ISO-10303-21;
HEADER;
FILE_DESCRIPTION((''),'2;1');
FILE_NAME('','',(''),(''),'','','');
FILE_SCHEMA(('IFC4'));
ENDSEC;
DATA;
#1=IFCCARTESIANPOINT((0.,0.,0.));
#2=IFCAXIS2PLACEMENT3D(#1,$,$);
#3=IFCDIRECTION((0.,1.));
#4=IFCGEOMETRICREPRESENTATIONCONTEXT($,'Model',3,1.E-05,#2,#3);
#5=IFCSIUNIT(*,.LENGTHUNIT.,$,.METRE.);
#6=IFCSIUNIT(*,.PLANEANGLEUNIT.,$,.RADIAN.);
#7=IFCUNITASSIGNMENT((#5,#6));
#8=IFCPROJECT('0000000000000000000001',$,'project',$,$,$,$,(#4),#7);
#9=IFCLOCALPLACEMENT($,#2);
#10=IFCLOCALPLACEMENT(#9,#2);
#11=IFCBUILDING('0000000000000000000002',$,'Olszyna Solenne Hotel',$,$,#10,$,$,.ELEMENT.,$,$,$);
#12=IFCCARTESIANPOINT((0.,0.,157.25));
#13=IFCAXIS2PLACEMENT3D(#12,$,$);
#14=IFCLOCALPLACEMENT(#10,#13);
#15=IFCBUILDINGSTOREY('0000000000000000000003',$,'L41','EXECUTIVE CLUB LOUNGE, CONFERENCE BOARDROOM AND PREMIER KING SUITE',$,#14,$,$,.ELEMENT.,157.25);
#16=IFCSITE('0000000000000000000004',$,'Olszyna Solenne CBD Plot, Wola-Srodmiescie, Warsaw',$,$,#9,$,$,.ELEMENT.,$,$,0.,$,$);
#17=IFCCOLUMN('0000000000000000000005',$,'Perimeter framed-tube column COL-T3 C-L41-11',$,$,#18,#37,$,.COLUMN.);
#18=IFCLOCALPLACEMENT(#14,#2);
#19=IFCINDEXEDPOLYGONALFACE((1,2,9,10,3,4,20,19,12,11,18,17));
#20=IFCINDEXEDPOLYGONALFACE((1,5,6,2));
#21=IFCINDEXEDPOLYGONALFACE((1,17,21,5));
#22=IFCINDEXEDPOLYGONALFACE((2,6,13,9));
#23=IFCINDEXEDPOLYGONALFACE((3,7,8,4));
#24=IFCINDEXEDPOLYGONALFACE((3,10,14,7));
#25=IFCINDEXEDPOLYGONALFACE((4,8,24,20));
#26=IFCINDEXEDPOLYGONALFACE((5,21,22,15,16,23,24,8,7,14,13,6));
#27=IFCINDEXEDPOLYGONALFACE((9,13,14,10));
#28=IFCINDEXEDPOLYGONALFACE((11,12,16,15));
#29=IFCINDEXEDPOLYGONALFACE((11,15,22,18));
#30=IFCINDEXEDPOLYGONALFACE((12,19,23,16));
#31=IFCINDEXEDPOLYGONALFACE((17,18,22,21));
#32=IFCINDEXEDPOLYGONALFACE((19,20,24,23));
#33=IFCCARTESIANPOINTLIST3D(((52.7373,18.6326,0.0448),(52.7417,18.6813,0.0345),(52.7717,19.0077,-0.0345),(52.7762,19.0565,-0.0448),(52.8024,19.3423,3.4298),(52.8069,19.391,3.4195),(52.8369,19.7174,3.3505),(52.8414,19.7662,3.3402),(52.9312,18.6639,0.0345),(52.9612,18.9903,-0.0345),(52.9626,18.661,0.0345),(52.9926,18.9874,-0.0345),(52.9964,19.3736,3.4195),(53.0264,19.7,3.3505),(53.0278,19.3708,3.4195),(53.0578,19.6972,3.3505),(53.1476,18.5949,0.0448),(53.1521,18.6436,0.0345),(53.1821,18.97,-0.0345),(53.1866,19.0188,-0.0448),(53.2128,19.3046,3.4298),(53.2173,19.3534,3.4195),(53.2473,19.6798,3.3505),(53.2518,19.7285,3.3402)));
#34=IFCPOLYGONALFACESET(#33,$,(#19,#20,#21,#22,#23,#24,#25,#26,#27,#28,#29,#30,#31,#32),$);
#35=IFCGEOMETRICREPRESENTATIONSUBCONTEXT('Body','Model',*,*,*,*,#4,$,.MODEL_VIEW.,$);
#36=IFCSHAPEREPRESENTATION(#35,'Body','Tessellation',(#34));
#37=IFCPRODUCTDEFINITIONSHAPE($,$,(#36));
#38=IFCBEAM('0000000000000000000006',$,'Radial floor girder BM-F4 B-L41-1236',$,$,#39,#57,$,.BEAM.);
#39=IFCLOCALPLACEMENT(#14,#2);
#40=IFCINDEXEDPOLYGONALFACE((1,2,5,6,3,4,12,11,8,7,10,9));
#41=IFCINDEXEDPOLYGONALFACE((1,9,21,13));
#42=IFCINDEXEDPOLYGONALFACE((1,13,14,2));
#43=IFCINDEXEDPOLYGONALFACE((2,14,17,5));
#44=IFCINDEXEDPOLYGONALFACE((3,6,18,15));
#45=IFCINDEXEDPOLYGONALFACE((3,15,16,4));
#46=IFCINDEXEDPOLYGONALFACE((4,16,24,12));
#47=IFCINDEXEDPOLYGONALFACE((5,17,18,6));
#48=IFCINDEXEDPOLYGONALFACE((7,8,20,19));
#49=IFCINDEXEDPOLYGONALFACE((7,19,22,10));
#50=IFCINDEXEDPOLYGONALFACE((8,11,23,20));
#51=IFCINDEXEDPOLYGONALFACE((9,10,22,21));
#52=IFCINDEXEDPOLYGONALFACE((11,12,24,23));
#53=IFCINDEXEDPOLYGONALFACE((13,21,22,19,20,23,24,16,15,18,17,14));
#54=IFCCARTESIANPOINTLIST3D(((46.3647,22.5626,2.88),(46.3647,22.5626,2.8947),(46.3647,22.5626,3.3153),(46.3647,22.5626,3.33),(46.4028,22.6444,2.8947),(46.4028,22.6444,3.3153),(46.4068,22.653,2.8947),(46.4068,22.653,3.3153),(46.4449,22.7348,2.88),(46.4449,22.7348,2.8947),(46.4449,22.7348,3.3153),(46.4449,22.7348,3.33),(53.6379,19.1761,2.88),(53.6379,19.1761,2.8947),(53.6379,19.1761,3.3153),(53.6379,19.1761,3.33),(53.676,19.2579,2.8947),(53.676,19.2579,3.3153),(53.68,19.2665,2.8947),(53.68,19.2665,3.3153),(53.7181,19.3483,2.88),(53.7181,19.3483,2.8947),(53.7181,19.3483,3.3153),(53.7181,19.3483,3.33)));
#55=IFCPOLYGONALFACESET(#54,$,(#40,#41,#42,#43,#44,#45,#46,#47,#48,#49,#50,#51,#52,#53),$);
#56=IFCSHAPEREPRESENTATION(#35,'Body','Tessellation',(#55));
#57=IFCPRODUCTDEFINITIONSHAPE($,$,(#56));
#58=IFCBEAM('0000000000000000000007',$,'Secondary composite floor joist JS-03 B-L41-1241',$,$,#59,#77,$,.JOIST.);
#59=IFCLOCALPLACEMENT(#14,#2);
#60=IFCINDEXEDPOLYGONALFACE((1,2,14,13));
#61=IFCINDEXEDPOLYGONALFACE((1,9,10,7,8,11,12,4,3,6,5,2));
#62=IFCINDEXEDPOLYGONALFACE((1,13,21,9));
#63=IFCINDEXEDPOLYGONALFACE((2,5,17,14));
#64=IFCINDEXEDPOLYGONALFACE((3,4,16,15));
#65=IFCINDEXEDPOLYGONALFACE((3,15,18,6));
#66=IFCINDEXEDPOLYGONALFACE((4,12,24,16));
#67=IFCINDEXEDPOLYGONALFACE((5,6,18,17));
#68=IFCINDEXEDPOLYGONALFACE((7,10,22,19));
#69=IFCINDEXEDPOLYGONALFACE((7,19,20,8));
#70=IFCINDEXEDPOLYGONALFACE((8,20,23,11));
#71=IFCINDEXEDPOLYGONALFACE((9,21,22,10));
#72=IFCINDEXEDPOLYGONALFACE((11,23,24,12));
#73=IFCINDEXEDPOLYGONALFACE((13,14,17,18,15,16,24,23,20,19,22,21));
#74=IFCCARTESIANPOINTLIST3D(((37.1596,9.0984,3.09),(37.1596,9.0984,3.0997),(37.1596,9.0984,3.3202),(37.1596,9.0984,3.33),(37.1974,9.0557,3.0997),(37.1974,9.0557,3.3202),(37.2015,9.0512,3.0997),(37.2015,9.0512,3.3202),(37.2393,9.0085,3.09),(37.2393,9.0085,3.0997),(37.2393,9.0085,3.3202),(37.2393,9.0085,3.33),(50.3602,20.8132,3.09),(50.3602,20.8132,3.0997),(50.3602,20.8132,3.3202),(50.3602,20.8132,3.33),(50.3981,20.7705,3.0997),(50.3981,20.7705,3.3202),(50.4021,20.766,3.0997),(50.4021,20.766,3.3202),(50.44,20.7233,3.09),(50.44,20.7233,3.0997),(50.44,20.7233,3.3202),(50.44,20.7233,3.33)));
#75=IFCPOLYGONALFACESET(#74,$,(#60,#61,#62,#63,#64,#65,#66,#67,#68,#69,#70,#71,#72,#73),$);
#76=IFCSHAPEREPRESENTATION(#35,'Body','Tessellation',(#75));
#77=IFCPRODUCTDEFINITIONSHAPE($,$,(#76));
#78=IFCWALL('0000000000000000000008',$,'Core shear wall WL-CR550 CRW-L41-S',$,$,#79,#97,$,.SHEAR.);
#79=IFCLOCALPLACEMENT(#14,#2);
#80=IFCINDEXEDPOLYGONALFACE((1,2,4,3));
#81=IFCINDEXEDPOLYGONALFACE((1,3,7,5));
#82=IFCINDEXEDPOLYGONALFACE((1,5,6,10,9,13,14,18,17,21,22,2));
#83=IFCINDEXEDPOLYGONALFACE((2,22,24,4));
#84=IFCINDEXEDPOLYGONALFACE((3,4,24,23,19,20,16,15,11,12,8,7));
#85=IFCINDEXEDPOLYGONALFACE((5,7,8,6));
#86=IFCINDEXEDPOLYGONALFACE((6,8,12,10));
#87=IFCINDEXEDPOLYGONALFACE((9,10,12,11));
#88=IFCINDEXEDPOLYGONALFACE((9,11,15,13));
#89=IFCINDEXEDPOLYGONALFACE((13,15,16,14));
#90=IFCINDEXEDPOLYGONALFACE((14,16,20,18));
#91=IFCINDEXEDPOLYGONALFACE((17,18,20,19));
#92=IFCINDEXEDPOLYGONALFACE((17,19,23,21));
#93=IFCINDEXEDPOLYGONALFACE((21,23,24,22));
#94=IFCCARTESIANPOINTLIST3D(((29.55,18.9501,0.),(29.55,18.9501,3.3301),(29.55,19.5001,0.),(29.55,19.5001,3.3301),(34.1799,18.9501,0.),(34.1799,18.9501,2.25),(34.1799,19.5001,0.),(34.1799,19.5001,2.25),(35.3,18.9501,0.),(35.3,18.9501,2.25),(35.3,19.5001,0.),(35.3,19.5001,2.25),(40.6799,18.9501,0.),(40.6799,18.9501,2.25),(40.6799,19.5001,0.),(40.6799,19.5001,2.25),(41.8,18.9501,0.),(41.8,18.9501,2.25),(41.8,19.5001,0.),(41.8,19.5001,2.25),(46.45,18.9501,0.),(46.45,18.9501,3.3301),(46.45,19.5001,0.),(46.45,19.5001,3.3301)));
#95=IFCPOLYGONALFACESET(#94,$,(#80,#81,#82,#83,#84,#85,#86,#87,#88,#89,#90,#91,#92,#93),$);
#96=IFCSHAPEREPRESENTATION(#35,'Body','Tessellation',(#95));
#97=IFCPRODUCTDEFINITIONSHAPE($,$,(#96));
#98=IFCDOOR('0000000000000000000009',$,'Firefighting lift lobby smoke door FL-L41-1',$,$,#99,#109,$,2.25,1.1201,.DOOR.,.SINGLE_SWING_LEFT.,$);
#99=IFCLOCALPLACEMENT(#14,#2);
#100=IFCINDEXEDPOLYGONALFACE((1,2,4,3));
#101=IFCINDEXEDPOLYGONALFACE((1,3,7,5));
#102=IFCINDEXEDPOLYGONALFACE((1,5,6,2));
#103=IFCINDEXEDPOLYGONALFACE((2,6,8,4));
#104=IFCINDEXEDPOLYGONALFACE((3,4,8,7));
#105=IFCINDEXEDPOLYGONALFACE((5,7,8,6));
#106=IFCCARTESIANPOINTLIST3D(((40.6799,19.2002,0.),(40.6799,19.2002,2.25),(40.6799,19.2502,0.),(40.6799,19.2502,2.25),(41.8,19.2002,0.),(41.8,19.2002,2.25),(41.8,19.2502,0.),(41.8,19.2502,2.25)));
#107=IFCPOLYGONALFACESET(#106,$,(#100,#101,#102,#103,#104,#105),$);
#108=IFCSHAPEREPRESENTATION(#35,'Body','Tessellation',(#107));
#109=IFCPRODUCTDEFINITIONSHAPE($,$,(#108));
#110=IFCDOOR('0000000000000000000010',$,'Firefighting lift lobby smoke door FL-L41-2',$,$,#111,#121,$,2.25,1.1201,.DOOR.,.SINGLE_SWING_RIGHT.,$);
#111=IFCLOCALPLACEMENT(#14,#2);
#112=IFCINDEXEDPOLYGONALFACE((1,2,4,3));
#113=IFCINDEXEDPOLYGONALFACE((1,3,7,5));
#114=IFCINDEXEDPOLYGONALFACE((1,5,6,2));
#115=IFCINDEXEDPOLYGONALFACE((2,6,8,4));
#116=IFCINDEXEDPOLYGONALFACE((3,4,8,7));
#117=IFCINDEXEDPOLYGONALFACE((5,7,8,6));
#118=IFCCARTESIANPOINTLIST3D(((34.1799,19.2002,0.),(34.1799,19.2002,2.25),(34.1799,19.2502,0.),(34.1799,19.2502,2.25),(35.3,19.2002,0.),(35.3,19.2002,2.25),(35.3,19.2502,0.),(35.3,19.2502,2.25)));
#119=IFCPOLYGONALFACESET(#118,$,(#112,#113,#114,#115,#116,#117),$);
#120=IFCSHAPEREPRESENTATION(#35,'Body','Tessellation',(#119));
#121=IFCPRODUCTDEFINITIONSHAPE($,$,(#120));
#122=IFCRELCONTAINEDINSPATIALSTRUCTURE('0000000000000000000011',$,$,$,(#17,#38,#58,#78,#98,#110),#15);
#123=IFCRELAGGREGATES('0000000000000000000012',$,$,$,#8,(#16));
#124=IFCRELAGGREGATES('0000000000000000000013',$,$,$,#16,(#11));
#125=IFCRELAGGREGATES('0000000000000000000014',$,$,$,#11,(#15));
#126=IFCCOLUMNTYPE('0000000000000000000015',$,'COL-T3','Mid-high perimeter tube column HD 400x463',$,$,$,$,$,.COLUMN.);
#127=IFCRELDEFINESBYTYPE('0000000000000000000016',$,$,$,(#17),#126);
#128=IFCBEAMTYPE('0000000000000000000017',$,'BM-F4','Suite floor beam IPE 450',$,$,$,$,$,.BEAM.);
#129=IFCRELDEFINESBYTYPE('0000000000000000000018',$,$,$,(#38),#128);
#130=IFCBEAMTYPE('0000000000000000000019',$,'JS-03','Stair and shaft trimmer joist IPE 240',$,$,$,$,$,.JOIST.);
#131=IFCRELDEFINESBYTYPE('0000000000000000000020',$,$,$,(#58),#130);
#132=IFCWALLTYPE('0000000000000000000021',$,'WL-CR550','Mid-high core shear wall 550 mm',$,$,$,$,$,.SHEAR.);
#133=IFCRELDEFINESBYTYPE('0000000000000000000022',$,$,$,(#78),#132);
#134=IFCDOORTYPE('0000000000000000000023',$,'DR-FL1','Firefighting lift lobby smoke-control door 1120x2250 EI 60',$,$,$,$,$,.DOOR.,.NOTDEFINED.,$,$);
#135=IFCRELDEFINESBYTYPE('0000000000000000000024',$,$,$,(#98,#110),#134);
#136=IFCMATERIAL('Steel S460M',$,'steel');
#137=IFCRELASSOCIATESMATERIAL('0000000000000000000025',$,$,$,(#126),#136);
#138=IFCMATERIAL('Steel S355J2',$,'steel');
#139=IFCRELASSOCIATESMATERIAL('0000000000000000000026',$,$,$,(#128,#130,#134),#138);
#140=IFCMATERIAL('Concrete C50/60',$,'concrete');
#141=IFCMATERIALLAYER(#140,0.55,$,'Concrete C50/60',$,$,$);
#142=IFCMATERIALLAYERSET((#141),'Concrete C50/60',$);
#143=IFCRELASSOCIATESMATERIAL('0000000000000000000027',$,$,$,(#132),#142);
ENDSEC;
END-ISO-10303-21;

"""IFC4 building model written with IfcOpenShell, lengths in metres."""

from ifc_helpers import new_model, si_unit, direction, frame, frame_2d, origin, origin_2d, place, context, subcontext, project, spatial, rectangle, i_section, extrude, source, transform, mapped, material, layer, layer_set, material_profile, profile_set, type_object, type_shapes, element, fill, save


model = new_model("IFC4")

# Units and contexts
model_context = context("Model", 3, precision=1e-05, world=origin(), true_north=direction((0.0, 1.0)))
body_context = subcontext(model_context, "Body", "Model", "MODEL_VIEW")
ifc_project = project(units=[si_unit("LENGTHUNIT", "METRE"), si_unit("PLANEANGLEUNIT", "RADIAN")], contexts=[model_context])

# Site, building, storey
site_placement = place(None, origin())
site = spatial("IfcSite", under=ifc_project, at=site_placement, Name="Olszyna Solenne CBD Plot, Wola-Srodmiescie, Warsaw", CompositionType="ELEMENT", RefElevation=0.0)
building_placement = place(site_placement, origin())
building = spatial("IfcBuilding", under=site, at=building_placement, Name="Olszyna Solenne Hotel", CompositionType="ELEMENT")
storey_placement = place(building_placement, frame((0.0, 0.0, 157.25)))
storey = spatial("IfcBuildingStorey", under=building, at=storey_placement, Name="L41", Description="EXECUTIVE CLUB LOUNGE, CONFERENCE BOARDROOM AND PREMIER KING SUITE", CompositionType="ELEMENT", Elevation=157.25)

# Column
ifc_material_1 = material(Name="Steel S460M", Category="steel")
ifc_material_profile_1 = material_profile(ifc_material_1, i_section(OverallWidth=0.4121, OverallDepth=0.4351, WebThickness=0.0315, FlangeThickness=0.05, at=origin_2d()), Name="HD 400x463", Category="load-bearing")
ifc_profile_set_1 = profile_set([ifc_material_profile_1], Name="Steel S460M")
column_type = type_object("IfcColumnType", Name="COL-T3", Description="Mid-high perimeter tube column HD 400x463", PredefinedType="COLUMN", material=ifc_profile_set_1)
shared_shape_1 = source(origin(), body_context, "Body", "SweptSolid", [
    extrude(i_section(OverallWidth=0.4121, OverallDepth=0.4351, WebThickness=0.0315, FlangeThickness=0.05, at=origin_2d()), origin(), (0.0, 0.0, 1.0), 3.4592),
])
column_placement = place(storey_placement, frame((52.9619, 18.8257, 0.0), z_axis=(0.018844, 0.205166, 0.978546), x_axis=(-0.995809, 0.091462, 0.0)))
element("IfcColumn", 1, at=column_placement, inside=storey, type_object=column_type, Name="Perimeter framed-tube column COL-T3 C-L41-11", PredefinedType="COLUMN", context=body_context, shape_type="MappedRepresentation", body=[
    mapped(shared_shape_1, transform((0.0, 0.0, 0.0), x_axis=(1.0, 0.0, 0.0), y_axis=(0.0, 1.0, 0.0), z_axis=(0.0, 0.0, 1.0), scale=1.0)),
])

# Beams
ifc_material_2 = material(Name="Steel S355J2", Category="steel")
ifc_material_profile_2 = material_profile(ifc_material_2, i_section(OverallWidth=0.1899, OverallDepth=0.45, WebThickness=0.0095, FlangeThickness=0.0146, at=origin_2d()), Name="IPE 450", Category="load-bearing")
ifc_profile_set_2 = profile_set([ifc_material_profile_2], Name="Steel S355J2")
beam_type_1 = type_object("IfcBeamType", Name="BM-F4", Description="Suite floor beam IPE 450", PredefinedType="BEAM", material=ifc_profile_set_2)
shared_shape_2 = source(origin(), body_context, "Body", "SweptSolid", [
    extrude(i_section(OverallWidth=0.1899, OverallDepth=0.45, WebThickness=0.0095, FlangeThickness=0.0146, at=origin_2d()), origin(), (0.0, 0.0, 1.0), 8.0229),
])
beam_1_placement = place(storey_placement, frame((53.678, 19.2622, 3.105), z_axis=(-0.90655, 0.422099, 0.0), x_axis=(-0.422099, -0.90655, 0.0)))
element("IfcBeam", 2, at=beam_1_placement, inside=storey, type_object=beam_type_1, Name="Radial floor girder BM-F4 B-L41-1236", PredefinedType="BEAM", context=body_context, shape_type="MappedRepresentation", body=[
    mapped(shared_shape_2, transform((0.0, 0.0, 0.0), x_axis=(1.0, 0.0, 0.0), y_axis=(0.0, 1.0, 0.0), z_axis=(0.0, 0.0, 1.0), scale=1.0)),
])
ifc_material_profile_3 = material_profile(ifc_material_2, i_section(OverallWidth=0.1201, OverallDepth=0.24, WebThickness=0.0061, FlangeThickness=0.0098, at=origin_2d()), Name="IPE 240", Category="load-bearing")
ifc_profile_set_3 = profile_set([ifc_material_profile_3], Name="Steel S355J2")
beam_type_2 = type_object("IfcBeamType", Name="JS-03", Description="Stair and shaft trimmer joist IPE 240", PredefinedType="JOIST", material=ifc_profile_set_3)
shared_shape_3 = source(origin(), body_context, "Body", "SweptSolid", [
    extrude(i_section(OverallWidth=0.1201, OverallDepth=0.24, WebThickness=0.0061, FlangeThickness=0.0098, at=origin_2d()), origin(), (0.0, 0.0, 1.0), 17.6492),
])
beam_2_placement = place(storey_placement, frame((37.1995, 9.0535, 3.21), z_axis=(0.747946, 0.663759, 0.0), x_axis=(-0.663759, 0.747946, 0.0)))
element("IfcBeam", 3, at=beam_2_placement, inside=storey, type_object=beam_type_2, Name="Secondary composite floor joist JS-03 B-L41-1241", PredefinedType="JOIST", context=body_context, shape_type="MappedRepresentation", body=[
    mapped(shared_shape_3, transform((0.0, 0.0, 0.0), x_axis=(1.0, 0.0, 0.0), y_axis=(0.0, 1.0, 0.0), z_axis=(0.0, 0.0, 1.0), scale=1.0)),
])

# Wall, openings, doors
ifc_material_3 = material(Name="Concrete C50/60", Category="concrete")
ifc_layer_1 = layer(ifc_material_3, 0.55, Name="Concrete C50/60")
ifc_layer_set_1 = layer_set([ifc_layer_1], Name="Concrete C50/60")
wall_type_1 = type_object("IfcWallType", Name="WL-CR550", Description="Mid-high core shear wall 550 mm", PredefinedType="SHEAR", material=ifc_layer_set_1)
wall_1_placement = place(storey_placement, frame((46.45, 19.2251, 0.0), z_axis=(0.0, 0.0, 1.0), x_axis=(-1.0, 0.0, 0.0)))
wall_1 = element("IfcWall", 4, at=wall_1_placement, inside=storey, type_object=wall_type_1, Name="Core shear wall WL-CR550 CRW-L41-S", PredefinedType="SHEAR", context=body_context, shape_type="SweptSolid", body=[
    extrude(rectangle(XDim=16.8999, YDim=0.55, at=frame_2d((8.45, 0.0))), origin(), (0.0, 0.0, 1.0), 3.3301),
])
opening_1_placement = place(wall_1_placement, frame((4.6499, 0.0, 0.0)))
opening_1 = element("IfcOpeningElement", 5, at=opening_1_placement, cuts=wall_1, PredefinedType="OPENING", context=body_context, shape_type="SweptSolid", body=[
    extrude(rectangle(XDim=1.1201, YDim=2.25, at=frame_2d((0.5601, 1.125))), frame((0.0, 0.2852, 0.0), z_axis=(0.0, -1.0, 0.0), x_axis=(1.0, 0.0, 0.0)), (0.0, 0.0, 1.0), 0.5701),
])
opening_2_placement = place(wall_1_placement, frame((11.1499, 0.0, 0.0)))
opening_2 = element("IfcOpeningElement", 6, at=opening_2_placement, cuts=wall_1, PredefinedType="OPENING", context=body_context, shape_type="SweptSolid", body=[
    extrude(rectangle(XDim=1.1201, YDim=2.25, at=frame_2d((0.5601, 1.125))), frame((0.0, 0.2852, 0.0), z_axis=(0.0, -1.0, 0.0), x_axis=(1.0, 0.0, 0.0)), (0.0, 0.0, 1.0), 0.5701),
])
door_type_1 = type_object("IfcDoorType", Name="DR-FL1", Description="Firefighting lift lobby smoke-control door 1120x2250 EI 60", OperationType="NOTDEFINED", PredefinedType="DOOR", material=ifc_material_2)
shared_shape_4 = source(origin(), body_context, "Body", "SweptSolid", [
    extrude(rectangle(XDim=1.1201, YDim=2.25, at=frame_2d((0.5601, 1.125))), frame((0.0, 0.0249, 0.0), z_axis=(0.0, -1.0, 0.0), x_axis=(1.0, 0.0, 0.0)), (0.0, 0.0, 1.0), 0.05),
])
type_shapes(door_type_1, [shared_shape_4])
door_1_placement = place(opening_1_placement, origin())
door_1 = element("IfcDoor", 7, at=door_1_placement, inside=storey, type_object=door_type_1, Name="Firefighting lift lobby smoke door FL-L41-1", OperationType="SINGLE_SWING_LEFT", OverallHeight=2.25, OverallWidth=1.1201, PredefinedType="DOOR", context=body_context, shape_type="MappedRepresentation", body=[
    mapped(shared_shape_4, transform((0.0, 0.0, 0.0), x_axis=(1.0, 0.0, 0.0), y_axis=(0.0, 1.0, 0.0), z_axis=(0.0, 0.0, 1.0), scale=1.0)),
])
fill(opening_1, door_1)
door_2_placement = place(opening_2_placement, origin())
door_2 = element("IfcDoor", 8, at=door_2_placement, inside=storey, type_object=door_type_1, Name="Firefighting lift lobby smoke door FL-L41-2", OperationType="SINGLE_SWING_RIGHT", OverallHeight=2.25, OverallWidth=1.1201, PredefinedType="DOOR", context=body_context, shape_type="MappedRepresentation", body=[
    mapped(shared_shape_4, transform((0.0, 0.0, 0.0), x_axis=(1.0, 0.0, 0.0), y_axis=(0.0, 1.0, 0.0), z_axis=(0.0, 0.0, 1.0), scale=1.0)),
])
fill(opening_2, door_2)

save(model, "model.ifc")
